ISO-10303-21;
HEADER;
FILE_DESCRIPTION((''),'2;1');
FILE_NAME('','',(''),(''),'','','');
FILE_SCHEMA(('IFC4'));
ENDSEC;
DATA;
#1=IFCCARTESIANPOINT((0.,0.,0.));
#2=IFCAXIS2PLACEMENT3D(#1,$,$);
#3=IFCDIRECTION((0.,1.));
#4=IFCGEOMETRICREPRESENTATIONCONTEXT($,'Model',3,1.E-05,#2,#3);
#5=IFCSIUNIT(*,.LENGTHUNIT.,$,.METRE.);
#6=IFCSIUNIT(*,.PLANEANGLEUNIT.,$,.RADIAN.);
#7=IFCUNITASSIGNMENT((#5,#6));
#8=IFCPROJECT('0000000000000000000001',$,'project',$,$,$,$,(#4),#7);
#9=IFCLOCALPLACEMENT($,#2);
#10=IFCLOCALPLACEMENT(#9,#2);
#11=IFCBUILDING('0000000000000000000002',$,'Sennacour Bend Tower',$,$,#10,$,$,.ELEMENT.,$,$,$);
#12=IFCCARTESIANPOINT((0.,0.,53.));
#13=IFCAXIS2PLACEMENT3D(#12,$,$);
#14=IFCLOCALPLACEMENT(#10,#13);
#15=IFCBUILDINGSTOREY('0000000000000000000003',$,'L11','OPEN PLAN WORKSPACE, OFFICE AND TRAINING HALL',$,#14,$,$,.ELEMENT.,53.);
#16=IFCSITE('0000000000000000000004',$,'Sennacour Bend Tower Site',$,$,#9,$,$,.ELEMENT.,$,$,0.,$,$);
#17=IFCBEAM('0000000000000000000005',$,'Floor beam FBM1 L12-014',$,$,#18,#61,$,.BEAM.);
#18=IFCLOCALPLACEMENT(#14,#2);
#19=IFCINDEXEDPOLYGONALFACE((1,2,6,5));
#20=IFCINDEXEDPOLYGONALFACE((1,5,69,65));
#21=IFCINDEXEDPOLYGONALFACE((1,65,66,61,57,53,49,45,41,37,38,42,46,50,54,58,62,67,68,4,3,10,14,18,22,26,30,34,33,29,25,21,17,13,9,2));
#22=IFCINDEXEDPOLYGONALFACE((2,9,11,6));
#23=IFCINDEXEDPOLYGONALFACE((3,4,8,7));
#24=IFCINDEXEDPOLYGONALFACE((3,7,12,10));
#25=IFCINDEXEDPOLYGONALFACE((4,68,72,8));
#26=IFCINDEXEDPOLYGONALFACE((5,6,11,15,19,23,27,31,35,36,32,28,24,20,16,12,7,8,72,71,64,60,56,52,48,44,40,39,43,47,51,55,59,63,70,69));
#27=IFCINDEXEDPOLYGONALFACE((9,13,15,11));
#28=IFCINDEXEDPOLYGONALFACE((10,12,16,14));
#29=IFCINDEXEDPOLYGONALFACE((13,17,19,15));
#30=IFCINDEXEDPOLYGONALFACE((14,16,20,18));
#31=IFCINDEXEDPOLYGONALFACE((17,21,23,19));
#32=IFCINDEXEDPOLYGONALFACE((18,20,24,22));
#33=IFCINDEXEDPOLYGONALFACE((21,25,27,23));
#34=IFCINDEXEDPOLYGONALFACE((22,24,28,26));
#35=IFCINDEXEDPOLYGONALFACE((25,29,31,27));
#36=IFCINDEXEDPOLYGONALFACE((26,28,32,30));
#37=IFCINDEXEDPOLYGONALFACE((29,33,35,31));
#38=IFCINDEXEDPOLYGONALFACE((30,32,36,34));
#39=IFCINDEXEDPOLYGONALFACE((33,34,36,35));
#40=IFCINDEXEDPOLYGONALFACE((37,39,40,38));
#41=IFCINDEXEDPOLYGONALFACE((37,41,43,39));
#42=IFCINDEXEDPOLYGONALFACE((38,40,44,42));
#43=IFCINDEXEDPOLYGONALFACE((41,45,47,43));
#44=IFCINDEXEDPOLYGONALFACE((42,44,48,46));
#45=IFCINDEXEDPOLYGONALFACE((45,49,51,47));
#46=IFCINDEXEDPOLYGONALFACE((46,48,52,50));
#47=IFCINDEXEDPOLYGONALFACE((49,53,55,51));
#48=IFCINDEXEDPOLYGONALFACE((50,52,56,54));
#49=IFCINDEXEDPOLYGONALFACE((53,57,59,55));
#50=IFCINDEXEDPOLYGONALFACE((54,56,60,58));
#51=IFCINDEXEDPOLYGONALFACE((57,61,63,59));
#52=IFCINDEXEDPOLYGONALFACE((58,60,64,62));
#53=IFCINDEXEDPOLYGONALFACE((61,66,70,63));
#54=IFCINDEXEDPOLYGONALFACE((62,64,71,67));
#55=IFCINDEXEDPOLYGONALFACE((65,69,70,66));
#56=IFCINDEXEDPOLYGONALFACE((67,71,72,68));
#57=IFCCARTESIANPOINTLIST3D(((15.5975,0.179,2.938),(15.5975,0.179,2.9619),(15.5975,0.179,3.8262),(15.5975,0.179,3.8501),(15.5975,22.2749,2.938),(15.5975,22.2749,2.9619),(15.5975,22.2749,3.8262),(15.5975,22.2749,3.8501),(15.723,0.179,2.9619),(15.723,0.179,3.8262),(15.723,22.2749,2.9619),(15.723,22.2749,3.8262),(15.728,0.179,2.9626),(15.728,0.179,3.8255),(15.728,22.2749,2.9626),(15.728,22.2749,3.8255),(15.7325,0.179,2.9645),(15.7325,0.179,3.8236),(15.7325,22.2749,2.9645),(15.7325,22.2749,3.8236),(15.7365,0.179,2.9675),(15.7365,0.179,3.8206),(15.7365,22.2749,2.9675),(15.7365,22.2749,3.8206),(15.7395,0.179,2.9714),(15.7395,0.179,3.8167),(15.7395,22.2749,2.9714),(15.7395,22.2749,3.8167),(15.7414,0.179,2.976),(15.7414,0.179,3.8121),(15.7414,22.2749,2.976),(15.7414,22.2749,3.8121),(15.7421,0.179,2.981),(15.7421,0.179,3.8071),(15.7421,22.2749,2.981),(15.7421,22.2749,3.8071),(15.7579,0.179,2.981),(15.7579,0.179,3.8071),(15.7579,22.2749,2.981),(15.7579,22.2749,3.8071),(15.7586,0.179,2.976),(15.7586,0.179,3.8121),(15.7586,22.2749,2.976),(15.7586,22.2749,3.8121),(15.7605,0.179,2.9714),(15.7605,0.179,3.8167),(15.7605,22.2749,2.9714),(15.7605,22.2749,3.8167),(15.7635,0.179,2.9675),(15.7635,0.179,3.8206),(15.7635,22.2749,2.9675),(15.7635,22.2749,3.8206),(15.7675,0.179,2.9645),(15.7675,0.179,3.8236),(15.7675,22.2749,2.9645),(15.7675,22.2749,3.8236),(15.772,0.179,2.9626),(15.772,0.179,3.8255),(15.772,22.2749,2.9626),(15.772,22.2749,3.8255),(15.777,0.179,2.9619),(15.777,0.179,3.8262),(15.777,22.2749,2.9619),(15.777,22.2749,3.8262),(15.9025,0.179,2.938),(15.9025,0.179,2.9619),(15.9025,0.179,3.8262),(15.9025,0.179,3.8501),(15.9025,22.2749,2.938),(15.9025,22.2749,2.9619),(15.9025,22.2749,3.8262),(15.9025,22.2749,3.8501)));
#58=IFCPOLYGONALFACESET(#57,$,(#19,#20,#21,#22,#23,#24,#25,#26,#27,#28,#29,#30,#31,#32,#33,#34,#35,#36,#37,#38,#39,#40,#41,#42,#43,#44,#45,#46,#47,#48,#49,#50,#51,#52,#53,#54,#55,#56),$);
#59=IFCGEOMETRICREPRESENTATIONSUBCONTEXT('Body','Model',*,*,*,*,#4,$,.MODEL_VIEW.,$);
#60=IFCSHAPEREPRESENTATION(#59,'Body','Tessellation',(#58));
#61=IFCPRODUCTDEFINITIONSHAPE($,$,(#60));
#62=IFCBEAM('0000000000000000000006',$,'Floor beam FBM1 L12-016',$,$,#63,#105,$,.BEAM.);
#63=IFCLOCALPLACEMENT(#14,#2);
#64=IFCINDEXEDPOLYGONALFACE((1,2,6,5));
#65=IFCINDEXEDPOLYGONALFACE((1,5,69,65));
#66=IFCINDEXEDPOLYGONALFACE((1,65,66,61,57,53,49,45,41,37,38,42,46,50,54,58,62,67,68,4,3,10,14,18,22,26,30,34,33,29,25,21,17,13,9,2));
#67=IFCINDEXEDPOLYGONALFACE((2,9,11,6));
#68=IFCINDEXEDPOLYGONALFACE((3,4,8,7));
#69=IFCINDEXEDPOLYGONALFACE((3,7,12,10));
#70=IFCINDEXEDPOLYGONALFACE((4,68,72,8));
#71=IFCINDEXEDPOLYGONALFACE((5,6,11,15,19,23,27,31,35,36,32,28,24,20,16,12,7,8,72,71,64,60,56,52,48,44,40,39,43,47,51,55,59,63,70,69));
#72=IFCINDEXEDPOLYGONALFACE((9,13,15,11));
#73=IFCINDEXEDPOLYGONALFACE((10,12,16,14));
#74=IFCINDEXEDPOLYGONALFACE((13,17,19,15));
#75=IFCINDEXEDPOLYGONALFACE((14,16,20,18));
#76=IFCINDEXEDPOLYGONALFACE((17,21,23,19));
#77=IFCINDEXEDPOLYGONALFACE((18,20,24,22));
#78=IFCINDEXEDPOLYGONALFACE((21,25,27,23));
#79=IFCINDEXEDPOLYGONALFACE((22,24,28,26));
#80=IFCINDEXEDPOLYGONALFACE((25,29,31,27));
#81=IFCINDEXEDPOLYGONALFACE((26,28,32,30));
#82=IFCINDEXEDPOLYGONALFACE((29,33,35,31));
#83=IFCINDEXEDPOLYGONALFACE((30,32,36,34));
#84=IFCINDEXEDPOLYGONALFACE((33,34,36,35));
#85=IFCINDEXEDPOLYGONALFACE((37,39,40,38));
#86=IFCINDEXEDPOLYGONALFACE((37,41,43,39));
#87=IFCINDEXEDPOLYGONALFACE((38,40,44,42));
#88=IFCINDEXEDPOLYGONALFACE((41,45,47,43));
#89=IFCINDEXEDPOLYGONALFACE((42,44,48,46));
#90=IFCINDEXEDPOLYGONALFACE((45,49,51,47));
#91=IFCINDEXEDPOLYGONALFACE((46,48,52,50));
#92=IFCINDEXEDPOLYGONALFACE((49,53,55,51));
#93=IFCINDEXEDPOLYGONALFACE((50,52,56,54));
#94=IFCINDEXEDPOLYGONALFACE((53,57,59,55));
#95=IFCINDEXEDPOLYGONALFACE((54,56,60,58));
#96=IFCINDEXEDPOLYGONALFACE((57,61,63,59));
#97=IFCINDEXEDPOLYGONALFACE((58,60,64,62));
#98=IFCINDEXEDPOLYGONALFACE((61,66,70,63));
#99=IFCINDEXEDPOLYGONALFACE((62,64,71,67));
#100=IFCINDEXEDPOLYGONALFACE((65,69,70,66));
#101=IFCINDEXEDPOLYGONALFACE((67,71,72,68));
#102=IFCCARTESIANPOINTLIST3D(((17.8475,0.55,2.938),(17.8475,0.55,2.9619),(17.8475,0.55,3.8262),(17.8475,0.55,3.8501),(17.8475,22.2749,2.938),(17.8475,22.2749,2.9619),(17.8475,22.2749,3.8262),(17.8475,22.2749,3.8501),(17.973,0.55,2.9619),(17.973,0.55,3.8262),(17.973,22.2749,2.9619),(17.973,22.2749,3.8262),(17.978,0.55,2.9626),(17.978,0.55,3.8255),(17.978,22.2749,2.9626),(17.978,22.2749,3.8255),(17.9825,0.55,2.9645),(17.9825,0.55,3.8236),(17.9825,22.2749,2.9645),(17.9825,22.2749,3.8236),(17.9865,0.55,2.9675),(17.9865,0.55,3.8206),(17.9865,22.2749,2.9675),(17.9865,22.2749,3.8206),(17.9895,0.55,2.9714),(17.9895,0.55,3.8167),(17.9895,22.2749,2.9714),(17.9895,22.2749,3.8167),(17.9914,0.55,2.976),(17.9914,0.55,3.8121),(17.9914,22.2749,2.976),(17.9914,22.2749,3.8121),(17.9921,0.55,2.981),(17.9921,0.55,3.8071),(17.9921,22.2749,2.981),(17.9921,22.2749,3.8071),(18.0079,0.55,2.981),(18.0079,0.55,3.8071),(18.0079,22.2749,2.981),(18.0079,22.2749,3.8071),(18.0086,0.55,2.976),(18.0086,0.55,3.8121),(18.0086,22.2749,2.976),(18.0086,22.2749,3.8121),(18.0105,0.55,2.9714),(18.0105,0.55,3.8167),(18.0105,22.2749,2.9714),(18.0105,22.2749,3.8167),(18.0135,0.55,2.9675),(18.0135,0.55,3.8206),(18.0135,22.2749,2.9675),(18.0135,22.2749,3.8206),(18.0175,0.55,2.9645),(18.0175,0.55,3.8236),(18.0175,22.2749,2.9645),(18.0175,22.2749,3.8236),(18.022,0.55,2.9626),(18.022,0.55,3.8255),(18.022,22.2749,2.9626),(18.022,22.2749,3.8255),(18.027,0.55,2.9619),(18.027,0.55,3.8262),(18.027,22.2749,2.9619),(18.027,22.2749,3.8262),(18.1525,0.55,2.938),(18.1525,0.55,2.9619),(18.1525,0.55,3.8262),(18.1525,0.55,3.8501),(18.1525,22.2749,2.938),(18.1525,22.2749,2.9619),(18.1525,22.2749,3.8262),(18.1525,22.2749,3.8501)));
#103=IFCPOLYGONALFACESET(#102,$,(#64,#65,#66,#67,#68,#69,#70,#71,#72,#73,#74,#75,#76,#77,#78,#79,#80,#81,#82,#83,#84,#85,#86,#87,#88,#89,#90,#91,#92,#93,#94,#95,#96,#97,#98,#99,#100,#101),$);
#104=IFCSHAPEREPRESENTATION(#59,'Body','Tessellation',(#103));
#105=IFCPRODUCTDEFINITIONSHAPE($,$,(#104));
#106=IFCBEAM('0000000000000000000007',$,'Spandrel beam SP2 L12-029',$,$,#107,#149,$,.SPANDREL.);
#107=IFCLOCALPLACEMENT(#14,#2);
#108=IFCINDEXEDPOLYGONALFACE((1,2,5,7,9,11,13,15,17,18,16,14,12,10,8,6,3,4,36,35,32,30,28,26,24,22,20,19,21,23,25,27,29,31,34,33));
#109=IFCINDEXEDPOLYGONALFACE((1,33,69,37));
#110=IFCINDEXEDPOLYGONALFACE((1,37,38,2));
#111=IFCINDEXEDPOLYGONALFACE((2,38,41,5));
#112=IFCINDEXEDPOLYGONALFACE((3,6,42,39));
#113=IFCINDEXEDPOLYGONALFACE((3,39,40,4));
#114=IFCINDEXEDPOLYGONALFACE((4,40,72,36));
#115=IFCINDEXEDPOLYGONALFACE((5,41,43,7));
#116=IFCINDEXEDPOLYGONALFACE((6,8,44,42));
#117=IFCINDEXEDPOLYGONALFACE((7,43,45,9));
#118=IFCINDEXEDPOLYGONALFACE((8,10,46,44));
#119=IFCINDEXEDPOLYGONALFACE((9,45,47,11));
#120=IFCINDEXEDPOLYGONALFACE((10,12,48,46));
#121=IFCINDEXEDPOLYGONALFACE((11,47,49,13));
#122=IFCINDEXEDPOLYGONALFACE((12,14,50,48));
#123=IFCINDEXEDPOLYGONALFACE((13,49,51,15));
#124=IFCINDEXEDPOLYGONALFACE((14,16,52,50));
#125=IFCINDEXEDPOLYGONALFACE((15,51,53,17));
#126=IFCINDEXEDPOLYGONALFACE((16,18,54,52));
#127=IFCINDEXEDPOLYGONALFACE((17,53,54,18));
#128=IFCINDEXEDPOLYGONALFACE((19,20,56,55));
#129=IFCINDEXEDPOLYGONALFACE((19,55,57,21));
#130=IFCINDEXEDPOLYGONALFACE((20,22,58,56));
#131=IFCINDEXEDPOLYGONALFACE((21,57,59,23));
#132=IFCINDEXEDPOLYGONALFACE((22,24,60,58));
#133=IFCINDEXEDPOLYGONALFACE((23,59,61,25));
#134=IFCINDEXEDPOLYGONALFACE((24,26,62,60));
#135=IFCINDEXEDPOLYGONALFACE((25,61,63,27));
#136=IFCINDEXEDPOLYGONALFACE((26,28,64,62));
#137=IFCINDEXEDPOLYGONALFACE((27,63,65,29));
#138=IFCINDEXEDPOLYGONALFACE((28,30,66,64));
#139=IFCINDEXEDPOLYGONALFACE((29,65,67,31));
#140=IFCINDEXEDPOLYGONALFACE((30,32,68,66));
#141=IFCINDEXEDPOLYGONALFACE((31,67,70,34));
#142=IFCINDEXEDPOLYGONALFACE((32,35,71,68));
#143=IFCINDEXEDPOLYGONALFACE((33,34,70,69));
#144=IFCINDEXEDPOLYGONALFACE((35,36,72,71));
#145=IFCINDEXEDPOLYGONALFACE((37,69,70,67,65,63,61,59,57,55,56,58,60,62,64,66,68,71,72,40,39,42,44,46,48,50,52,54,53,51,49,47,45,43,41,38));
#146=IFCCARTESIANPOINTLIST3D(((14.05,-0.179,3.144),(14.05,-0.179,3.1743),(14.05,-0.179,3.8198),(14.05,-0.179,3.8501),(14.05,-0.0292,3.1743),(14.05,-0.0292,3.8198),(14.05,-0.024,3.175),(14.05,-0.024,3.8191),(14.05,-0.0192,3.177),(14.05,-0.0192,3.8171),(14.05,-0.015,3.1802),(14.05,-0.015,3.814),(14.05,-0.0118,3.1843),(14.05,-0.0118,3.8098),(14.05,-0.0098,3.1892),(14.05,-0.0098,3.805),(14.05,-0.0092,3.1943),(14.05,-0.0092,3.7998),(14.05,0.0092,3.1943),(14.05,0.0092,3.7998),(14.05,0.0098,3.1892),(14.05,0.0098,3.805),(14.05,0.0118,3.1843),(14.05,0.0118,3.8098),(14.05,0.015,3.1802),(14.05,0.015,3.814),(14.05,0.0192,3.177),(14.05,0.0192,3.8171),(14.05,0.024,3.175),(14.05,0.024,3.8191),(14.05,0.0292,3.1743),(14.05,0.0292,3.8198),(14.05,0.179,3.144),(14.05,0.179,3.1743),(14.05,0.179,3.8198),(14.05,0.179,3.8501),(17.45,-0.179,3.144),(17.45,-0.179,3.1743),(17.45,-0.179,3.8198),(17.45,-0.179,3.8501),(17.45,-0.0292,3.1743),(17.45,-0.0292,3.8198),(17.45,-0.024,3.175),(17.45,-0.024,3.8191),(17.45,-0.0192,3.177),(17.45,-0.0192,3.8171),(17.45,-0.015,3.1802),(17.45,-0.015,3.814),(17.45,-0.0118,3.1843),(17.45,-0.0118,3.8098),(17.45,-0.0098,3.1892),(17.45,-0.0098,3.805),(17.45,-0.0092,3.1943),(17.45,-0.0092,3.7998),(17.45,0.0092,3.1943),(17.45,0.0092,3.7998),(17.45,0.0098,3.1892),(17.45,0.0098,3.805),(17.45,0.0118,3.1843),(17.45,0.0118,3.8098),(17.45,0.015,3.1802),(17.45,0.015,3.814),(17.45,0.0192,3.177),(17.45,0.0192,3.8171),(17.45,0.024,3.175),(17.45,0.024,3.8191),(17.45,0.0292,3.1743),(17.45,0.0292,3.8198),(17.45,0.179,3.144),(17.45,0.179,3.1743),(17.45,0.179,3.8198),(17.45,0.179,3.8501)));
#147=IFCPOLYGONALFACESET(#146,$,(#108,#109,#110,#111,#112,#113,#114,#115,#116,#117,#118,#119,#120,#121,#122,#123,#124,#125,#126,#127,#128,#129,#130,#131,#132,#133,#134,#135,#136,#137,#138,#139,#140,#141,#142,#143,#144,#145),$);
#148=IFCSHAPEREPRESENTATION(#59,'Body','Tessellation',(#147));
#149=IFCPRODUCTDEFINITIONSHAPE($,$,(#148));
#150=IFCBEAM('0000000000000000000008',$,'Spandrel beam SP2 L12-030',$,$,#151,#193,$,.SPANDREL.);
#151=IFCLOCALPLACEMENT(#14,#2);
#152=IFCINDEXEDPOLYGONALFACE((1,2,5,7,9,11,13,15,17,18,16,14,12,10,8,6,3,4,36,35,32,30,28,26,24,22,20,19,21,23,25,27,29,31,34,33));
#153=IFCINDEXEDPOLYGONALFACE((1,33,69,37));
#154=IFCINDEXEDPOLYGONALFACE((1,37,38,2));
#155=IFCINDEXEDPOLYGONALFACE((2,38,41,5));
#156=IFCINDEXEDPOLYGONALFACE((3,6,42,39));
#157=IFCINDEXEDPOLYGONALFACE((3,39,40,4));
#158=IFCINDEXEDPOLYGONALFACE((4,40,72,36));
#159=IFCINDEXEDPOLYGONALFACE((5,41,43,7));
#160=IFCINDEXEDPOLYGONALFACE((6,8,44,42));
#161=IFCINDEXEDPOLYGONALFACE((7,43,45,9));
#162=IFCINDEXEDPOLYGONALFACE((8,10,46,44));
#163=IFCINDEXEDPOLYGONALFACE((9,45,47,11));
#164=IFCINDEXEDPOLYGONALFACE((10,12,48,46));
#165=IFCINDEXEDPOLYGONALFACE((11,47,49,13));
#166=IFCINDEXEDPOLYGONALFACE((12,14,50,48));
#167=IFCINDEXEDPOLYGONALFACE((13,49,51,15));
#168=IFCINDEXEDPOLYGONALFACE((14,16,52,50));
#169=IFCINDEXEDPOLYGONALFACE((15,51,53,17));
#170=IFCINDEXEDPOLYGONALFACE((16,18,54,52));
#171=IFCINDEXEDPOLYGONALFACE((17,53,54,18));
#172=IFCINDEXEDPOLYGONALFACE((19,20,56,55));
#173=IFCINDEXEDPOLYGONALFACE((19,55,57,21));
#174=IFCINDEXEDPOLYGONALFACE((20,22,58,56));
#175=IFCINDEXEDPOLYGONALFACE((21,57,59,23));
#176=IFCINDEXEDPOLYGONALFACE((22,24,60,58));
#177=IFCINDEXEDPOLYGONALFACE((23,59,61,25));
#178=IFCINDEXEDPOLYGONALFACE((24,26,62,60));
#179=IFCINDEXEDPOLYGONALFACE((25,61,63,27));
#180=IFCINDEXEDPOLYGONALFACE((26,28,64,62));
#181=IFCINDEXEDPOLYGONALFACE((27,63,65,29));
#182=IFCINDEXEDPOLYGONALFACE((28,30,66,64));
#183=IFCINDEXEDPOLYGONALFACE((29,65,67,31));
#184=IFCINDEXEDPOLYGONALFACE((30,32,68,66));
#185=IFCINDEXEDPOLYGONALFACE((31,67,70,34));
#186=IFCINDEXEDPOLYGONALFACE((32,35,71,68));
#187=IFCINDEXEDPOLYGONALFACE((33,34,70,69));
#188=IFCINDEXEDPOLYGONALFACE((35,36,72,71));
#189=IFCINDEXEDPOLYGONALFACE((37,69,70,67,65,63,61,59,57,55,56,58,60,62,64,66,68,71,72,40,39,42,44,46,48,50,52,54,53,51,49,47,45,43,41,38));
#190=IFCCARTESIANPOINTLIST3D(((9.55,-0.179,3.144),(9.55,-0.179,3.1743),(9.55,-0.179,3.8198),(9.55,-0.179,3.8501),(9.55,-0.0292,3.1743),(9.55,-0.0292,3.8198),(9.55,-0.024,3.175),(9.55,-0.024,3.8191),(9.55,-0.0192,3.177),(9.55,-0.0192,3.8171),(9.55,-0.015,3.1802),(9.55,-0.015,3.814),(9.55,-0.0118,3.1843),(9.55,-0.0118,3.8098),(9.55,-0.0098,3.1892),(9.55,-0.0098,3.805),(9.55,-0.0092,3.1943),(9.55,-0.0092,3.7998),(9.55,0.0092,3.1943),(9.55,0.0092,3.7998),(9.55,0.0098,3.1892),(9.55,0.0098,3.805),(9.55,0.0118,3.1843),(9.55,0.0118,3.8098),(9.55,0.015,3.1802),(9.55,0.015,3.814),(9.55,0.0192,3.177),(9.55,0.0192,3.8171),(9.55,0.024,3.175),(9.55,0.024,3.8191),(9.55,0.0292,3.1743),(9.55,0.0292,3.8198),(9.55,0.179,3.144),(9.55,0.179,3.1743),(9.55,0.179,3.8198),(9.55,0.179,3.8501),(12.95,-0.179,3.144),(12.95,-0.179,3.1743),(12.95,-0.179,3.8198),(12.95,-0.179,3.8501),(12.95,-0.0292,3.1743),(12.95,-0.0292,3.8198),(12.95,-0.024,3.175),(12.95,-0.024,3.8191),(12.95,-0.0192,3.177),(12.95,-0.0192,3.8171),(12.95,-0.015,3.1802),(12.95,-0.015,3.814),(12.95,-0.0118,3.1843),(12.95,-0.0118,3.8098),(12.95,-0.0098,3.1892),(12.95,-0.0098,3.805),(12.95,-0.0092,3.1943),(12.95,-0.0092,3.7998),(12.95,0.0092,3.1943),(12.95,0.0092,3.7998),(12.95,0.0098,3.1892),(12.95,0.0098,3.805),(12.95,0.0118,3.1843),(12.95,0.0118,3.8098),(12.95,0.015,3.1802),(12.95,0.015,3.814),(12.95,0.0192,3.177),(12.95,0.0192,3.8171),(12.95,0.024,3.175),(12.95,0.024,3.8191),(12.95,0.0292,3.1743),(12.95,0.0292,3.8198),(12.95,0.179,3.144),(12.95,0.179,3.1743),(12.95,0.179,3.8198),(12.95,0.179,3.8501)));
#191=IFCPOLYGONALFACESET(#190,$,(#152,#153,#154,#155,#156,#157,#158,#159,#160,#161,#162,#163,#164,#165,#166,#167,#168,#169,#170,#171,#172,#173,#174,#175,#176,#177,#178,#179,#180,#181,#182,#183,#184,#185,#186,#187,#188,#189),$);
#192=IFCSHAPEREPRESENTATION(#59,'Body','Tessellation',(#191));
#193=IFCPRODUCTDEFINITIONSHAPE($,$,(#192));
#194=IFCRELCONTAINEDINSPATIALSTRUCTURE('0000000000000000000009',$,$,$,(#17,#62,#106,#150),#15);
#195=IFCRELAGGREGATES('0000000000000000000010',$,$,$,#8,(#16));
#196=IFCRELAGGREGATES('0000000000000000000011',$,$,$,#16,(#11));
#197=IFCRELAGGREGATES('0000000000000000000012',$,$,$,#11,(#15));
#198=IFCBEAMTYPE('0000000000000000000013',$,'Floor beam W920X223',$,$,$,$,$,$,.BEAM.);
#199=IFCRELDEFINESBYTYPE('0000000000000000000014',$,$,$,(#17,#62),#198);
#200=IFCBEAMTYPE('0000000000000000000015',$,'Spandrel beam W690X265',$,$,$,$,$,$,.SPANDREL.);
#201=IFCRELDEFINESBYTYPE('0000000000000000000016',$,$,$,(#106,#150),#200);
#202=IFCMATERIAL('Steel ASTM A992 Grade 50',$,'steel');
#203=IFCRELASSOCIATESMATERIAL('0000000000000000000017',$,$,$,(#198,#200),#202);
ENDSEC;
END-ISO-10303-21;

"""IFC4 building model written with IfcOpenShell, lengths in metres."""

from ifc_helpers import new_model, si_unit, direction, frame, origin, origin_2d, place, context, subcontext, project, spatial, i_section, extrude, material, material_profile, profile_set, type_object, element, save


model = new_model("IFC4")

# Units and contexts
model_context = context("Model", 3, precision=1e-05, world=origin(), true_north=direction((0.0, 1.0)))
body_context = subcontext(model_context, "Body", "Model", "MODEL_VIEW")
ifc_project = project(units=[si_unit("LENGTHUNIT", "METRE"), si_unit("PLANEANGLEUNIT", "RADIAN")], contexts=[model_context])

# Site, building, storey
site_placement = place(None, origin())
site = spatial("IfcSite", under=ifc_project, at=site_placement, Name="Sennacour Bend Tower Site", CompositionType="ELEMENT", RefElevation=0.0)
building_placement = place(site_placement, origin())
building = spatial("IfcBuilding", under=site, at=building_placement, Name="Sennacour Bend Tower", CompositionType="ELEMENT")
storey_placement = place(building_placement, frame((0.0, 0.0, 53.0)))
storey = spatial("IfcBuildingStorey", under=building, at=storey_placement, Name="L11", Description="OPEN PLAN WORKSPACE, OFFICE AND TRAINING HALL", CompositionType="ELEMENT", Elevation=53.0)

# Beams
ifc_material_1 = material(Name="Steel ASTM A992 Grade 50", Category="steel")
ifc_material_profile_1 = material_profile(ifc_material_1, i_section(OverallWidth=0.3049, OverallDepth=0.9121, WebThickness=0.0159, FlangeThickness=0.0239, FilletRadius=0.019, at=origin_2d()), Name="Steel ASTM A992 Grade 50", Category="steel")
ifc_profile_set_1 = profile_set([ifc_material_profile_1], Name="Steel ASTM A992 Grade 50")
beam_type_1 = type_object("IfcBeamType", Name="Floor beam W920X223", PredefinedType="BEAM", material=ifc_profile_set_1)
beam_1_placement = place(storey_placement, frame((15.75, 0.179, 3.394), z_axis=(0.0, 1.0, 0.0), x_axis=(-1.0, 0.0, 0.0)))
element("IfcBeam", 1, at=beam_1_placement, inside=storey, type_object=beam_type_1, Name="Floor beam FBM1 L12-014", PredefinedType="BEAM", context=body_context, shape_type="SweptSolid", body=[
    extrude(i_section(OverallWidth=0.3049, OverallDepth=0.9121, WebThickness=0.0159, FlangeThickness=0.0239, FilletRadius=0.019, at=origin_2d()), origin(), (0.0, 0.0, 1.0), 22.0959),
])
beam_2_placement = place(storey_placement, frame((18.0, 0.55, 3.394), z_axis=(0.0, 1.0, 0.0), x_axis=(-1.0, 0.0, 0.0)))
element("IfcBeam", 2, at=beam_2_placement, inside=storey, type_object=beam_type_1, Name="Floor beam FBM1 L12-016", PredefinedType="BEAM", context=body_context, shape_type="SweptSolid", body=[
    extrude(i_section(OverallWidth=0.3049, OverallDepth=0.9121, WebThickness=0.0159, FlangeThickness=0.0239, FilletRadius=0.019, at=origin_2d()), origin(), (0.0, 0.0, 1.0), 21.7249),
])
ifc_material_profile_2 = material_profile(ifc_material_1, i_section(OverallWidth=0.3579, OverallDepth=0.7061, WebThickness=0.0183, FlangeThickness=0.0303, FilletRadius=0.02, at=origin_2d()), Name="Steel ASTM A992 Grade 50", Category="steel")
ifc_profile_set_2 = profile_set([ifc_material_profile_2], Name="Steel ASTM A992 Grade 50")
beam_type_2 = type_object("IfcBeamType", Name="Spandrel beam W690X265", PredefinedType="SPANDREL", material=ifc_profile_set_2)
for number, where, z_axis, x_axis, name in (
    (3, (17.45, 0.0, 3.4971), (-1.0, 0.0, 0.0), (0.0, -1.0, 0.0), "Spandrel beam SP2 L12-029"),
    (4, (12.95, 0.0, 3.4971), (-1.0, 0.0, 0.0), (0.0, -1.0, 0.0), "Spandrel beam SP2 L12-030"),
):
    element("IfcBeam", number, at=place(storey_placement, frame(where, z_axis=z_axis, x_axis=x_axis)), inside=storey, type_object=beam_type_2, Name=name, PredefinedType="SPANDREL", context=body_context, shape_type="SweptSolid", body=[
        extrude(i_section(OverallWidth=0.3579, OverallDepth=0.7061, WebThickness=0.0183, FlangeThickness=0.0303, FilletRadius=0.02, at=origin_2d()), origin(), (0.0, 0.0, 1.0), 3.3999),
    ])

save(model, "model.ifc")
